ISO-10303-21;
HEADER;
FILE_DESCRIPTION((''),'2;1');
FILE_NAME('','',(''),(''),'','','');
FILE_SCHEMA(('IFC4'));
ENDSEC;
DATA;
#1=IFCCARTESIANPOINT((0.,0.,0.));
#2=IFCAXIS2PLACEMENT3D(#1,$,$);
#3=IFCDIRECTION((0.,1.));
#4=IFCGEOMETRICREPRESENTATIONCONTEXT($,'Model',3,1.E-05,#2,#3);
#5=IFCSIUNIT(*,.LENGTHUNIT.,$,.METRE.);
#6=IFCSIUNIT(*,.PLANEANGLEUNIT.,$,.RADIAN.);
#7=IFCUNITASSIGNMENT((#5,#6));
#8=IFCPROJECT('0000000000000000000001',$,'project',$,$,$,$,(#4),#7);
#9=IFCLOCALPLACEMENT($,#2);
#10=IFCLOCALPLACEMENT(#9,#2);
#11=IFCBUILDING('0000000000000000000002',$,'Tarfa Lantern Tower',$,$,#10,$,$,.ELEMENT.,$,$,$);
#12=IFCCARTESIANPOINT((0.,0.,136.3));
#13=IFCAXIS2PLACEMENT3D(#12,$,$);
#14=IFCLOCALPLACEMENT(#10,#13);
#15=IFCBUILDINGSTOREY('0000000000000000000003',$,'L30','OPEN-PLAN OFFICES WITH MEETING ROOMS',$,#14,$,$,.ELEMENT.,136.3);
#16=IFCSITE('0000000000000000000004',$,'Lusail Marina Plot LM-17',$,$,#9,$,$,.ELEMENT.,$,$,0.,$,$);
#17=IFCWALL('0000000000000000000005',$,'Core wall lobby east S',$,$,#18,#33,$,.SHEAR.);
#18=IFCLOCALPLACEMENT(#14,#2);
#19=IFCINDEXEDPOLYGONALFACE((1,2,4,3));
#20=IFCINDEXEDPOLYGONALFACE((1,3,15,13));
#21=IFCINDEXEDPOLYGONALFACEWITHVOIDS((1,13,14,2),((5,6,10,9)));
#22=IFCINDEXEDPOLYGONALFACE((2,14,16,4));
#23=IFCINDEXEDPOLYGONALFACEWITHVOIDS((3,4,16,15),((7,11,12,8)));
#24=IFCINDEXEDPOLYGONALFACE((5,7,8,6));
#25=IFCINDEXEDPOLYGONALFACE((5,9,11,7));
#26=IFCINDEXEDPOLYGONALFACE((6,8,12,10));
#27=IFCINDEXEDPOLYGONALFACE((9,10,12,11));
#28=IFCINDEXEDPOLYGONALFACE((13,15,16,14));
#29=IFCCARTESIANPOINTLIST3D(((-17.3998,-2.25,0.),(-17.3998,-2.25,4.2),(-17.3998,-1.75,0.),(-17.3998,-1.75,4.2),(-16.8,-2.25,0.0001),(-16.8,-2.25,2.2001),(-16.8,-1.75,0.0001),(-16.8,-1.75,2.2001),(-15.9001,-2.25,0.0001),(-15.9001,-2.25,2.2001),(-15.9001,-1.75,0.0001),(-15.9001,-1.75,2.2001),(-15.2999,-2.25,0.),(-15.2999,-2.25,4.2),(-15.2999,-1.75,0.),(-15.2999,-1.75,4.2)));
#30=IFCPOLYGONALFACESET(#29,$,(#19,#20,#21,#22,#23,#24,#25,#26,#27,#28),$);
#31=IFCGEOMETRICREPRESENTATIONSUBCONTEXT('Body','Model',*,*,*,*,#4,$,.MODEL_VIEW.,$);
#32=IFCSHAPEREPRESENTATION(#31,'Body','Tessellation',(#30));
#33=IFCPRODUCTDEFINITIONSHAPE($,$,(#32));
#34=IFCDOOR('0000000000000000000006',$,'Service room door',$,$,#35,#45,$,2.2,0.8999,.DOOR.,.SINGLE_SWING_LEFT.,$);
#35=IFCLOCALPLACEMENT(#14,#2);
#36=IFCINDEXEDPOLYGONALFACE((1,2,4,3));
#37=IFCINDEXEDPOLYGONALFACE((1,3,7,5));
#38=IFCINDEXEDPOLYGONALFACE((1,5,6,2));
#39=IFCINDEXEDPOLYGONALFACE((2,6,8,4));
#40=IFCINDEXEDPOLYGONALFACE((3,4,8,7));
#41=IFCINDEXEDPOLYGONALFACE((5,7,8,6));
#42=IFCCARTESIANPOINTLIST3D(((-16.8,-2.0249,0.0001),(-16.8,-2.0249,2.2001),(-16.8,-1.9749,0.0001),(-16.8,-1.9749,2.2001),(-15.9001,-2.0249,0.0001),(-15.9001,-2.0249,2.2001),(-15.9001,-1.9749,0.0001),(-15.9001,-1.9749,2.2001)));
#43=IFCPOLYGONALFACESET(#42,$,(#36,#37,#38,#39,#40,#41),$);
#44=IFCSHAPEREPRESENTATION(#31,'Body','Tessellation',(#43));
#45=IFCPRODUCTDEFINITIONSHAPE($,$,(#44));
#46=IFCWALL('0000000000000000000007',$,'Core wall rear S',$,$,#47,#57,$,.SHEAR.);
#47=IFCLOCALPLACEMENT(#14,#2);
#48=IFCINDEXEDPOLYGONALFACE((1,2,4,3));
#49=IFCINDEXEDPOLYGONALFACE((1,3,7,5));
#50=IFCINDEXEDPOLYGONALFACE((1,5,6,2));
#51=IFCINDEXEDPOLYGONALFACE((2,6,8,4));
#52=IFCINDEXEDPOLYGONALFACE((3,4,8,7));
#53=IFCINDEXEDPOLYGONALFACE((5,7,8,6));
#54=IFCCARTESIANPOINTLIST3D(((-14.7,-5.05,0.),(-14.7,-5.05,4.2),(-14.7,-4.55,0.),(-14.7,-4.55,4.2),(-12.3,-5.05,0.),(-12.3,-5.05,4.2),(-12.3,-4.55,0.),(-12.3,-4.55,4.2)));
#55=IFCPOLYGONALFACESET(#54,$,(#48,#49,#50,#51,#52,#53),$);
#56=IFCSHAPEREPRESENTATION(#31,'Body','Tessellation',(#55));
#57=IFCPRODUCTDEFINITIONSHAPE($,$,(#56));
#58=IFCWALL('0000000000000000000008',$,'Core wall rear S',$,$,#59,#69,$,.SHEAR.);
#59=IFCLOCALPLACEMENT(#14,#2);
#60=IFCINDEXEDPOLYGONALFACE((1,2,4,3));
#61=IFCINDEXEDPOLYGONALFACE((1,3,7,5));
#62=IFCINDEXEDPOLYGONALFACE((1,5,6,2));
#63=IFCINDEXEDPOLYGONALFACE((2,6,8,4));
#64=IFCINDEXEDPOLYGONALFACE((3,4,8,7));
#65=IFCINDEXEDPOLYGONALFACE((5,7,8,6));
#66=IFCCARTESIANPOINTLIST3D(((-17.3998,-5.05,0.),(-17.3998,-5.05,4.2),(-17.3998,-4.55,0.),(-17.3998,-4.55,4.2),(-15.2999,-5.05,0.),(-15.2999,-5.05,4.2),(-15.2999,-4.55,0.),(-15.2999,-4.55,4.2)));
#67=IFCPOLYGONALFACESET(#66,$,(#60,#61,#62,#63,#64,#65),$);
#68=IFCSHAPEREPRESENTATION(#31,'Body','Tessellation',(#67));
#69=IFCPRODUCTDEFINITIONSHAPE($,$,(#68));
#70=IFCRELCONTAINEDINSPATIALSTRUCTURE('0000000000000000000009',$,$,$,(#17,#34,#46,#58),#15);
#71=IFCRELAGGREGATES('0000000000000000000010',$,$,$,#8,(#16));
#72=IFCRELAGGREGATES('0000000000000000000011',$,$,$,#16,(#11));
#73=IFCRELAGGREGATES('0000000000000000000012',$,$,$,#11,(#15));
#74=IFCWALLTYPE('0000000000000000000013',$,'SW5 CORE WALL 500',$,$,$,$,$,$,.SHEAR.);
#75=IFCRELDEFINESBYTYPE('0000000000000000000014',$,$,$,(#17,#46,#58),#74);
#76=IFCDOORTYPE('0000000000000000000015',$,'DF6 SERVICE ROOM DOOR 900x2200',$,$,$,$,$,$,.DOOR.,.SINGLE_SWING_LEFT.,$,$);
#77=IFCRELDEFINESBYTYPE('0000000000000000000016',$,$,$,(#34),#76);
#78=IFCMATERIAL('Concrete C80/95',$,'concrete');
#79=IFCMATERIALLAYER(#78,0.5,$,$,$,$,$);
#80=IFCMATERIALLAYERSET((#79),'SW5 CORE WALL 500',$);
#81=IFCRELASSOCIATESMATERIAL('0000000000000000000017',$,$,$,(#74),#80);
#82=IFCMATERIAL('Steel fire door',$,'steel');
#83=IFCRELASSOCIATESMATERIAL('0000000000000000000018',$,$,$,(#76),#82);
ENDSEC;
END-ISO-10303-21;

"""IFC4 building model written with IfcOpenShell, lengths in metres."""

from ifc_helpers import new_model, si_unit, direction, frame, frame_2d, origin, place, context, subcontext, project, spatial, rectangle, extrude, material, layer, layer_set, type_object, element, fill, save


model = new_model("IFC4")

# Units and contexts
model_context = context("Model", 3, precision=1e-05, world=origin(), true_north=direction((0.0, 1.0)))
body_context = subcontext(model_context, "Body", "Model", "MODEL_VIEW")
ifc_project = project(units=[si_unit("LENGTHUNIT", "METRE"), si_unit("PLANEANGLEUNIT", "RADIAN")], contexts=[model_context])

# Site, building, storey
site_placement = place(None, origin())
site = spatial("IfcSite", under=ifc_project, at=site_placement, Name="Lusail Marina Plot LM-17", CompositionType="ELEMENT", RefElevation=0.0)
building_placement = place(site_placement, origin())
building = spatial("IfcBuilding", under=site, at=building_placement, Name="Tarfa Lantern Tower", CompositionType="ELEMENT")
storey_placement = place(building_placement, frame((0.0, 0.0, 136.3)))
storey = spatial("IfcBuildingStorey", under=building, at=storey_placement, Name="L30", Description="OPEN-PLAN OFFICES WITH MEETING ROOMS", CompositionType="ELEMENT", Elevation=136.3)

# Shared definitions
ifc_material_1 = material(Name="Concrete C80/95", Category="concrete")
ifc_layer_1 = layer(ifc_material_1, 0.5)
ifc_layer_set_1 = layer_set([ifc_layer_1], Name="SW5 CORE WALL 500")
wall_type_1 = type_object("IfcWallType", Name="SW5 CORE WALL 500", PredefinedType="SHEAR", material=ifc_layer_set_1)
ifc_material_2 = material(Name="Steel fire door", Category="steel")
door_type_1 = type_object("IfcDoorType", Name="DF6 SERVICE ROOM DOOR 900x2200", OperationType="SINGLE_SWING_LEFT", PredefinedType="DOOR", material=ifc_material_2)

# Wall, opening, door
wall_1_placement = place(storey_placement, frame((-15.3, -2.0, 0.0), z_axis=(0.0, 0.0, 1.0), x_axis=(-1.0, 0.0, 0.0)))
wall_1 = element("IfcWall", 1, at=wall_1_placement, inside=storey, type_object=wall_type_1, Name="Core wall lobby east S", PredefinedType="SHEAR", context=body_context, shape_type="SweptSolid", body=[
    extrude(rectangle(XDim=2.0999, YDim=0.5, at=frame_2d((1.0498, 0.0))), origin(), (0.0, 0.0, 1.0), 4.2),
])
opening_1_placement = place(wall_1_placement, frame((0.6001, 0.0, 0.0)))
opening_1 = element("IfcOpeningElement", 2, at=opening_1_placement, cuts=wall_1, PredefinedType="OPENING", context=body_context, shape_type="SweptSolid", body=[
    extrude(rectangle(XDim=0.8999, YDim=2.2, at=frame_2d((0.45, 1.1001))), frame((0.0, 0.26, 0.0), z_axis=(0.0, -1.0, 0.0), x_axis=(1.0, 0.0, 0.0)), (0.0, 0.0, 1.0), 0.52),
])
door_1_placement = place(opening_1_placement, origin())
door_1 = element("IfcDoor", 3, at=door_1_placement, inside=storey, type_object=door_type_1, Name="Service room door", OperationType="SINGLE_SWING_LEFT", OverallHeight=2.2, OverallWidth=0.8999, PredefinedType="DOOR", context=body_context, shape_type="SweptSolid", body=[
    extrude(rectangle(XDim=0.8999, YDim=2.2, at=frame_2d((0.45, 1.1001))), frame((0.0, 0.0249, 0.0), z_axis=(0.0, -1.0, 0.0), x_axis=(1.0, 0.0, 0.0)), (0.0, 0.0, 1.0), 0.05),
])
fill(opening_1, door_1)

# Walls
wall_2_placement = place(storey_placement, frame((-12.3, -4.8, 0.0), z_axis=(0.0, 0.0, 1.0), x_axis=(-1.0, 0.0, 0.0)))
element("IfcWall", 4, at=wall_2_placement, inside=storey, type_object=wall_type_1, Name="Core wall rear S", PredefinedType="SHEAR", context=body_context, shape_type="SweptSolid", body=[
    extrude(rectangle(XDim=2.3999, YDim=0.5, at=frame_2d((1.2, 0.0))), origin(), (0.0, 0.0, 1.0), 4.2),
])
wall_3_placement = place(storey_placement, frame((-15.3, -4.8, 0.0), z_axis=(0.0, 0.0, 1.0), x_axis=(-1.0, 0.0, 0.0)))
element("IfcWall", 5, at=wall_3_placement, inside=storey, type_object=wall_type_1, Name="Core wall rear S", PredefinedType="SHEAR", context=body_context, shape_type="SweptSolid", body=[
    extrude(rectangle(XDim=2.0999, YDim=0.5, at=frame_2d((1.0498, 0.0))), origin(), (0.0, 0.0, 1.0), 4.2),
])

save(model, "model.ifc")
